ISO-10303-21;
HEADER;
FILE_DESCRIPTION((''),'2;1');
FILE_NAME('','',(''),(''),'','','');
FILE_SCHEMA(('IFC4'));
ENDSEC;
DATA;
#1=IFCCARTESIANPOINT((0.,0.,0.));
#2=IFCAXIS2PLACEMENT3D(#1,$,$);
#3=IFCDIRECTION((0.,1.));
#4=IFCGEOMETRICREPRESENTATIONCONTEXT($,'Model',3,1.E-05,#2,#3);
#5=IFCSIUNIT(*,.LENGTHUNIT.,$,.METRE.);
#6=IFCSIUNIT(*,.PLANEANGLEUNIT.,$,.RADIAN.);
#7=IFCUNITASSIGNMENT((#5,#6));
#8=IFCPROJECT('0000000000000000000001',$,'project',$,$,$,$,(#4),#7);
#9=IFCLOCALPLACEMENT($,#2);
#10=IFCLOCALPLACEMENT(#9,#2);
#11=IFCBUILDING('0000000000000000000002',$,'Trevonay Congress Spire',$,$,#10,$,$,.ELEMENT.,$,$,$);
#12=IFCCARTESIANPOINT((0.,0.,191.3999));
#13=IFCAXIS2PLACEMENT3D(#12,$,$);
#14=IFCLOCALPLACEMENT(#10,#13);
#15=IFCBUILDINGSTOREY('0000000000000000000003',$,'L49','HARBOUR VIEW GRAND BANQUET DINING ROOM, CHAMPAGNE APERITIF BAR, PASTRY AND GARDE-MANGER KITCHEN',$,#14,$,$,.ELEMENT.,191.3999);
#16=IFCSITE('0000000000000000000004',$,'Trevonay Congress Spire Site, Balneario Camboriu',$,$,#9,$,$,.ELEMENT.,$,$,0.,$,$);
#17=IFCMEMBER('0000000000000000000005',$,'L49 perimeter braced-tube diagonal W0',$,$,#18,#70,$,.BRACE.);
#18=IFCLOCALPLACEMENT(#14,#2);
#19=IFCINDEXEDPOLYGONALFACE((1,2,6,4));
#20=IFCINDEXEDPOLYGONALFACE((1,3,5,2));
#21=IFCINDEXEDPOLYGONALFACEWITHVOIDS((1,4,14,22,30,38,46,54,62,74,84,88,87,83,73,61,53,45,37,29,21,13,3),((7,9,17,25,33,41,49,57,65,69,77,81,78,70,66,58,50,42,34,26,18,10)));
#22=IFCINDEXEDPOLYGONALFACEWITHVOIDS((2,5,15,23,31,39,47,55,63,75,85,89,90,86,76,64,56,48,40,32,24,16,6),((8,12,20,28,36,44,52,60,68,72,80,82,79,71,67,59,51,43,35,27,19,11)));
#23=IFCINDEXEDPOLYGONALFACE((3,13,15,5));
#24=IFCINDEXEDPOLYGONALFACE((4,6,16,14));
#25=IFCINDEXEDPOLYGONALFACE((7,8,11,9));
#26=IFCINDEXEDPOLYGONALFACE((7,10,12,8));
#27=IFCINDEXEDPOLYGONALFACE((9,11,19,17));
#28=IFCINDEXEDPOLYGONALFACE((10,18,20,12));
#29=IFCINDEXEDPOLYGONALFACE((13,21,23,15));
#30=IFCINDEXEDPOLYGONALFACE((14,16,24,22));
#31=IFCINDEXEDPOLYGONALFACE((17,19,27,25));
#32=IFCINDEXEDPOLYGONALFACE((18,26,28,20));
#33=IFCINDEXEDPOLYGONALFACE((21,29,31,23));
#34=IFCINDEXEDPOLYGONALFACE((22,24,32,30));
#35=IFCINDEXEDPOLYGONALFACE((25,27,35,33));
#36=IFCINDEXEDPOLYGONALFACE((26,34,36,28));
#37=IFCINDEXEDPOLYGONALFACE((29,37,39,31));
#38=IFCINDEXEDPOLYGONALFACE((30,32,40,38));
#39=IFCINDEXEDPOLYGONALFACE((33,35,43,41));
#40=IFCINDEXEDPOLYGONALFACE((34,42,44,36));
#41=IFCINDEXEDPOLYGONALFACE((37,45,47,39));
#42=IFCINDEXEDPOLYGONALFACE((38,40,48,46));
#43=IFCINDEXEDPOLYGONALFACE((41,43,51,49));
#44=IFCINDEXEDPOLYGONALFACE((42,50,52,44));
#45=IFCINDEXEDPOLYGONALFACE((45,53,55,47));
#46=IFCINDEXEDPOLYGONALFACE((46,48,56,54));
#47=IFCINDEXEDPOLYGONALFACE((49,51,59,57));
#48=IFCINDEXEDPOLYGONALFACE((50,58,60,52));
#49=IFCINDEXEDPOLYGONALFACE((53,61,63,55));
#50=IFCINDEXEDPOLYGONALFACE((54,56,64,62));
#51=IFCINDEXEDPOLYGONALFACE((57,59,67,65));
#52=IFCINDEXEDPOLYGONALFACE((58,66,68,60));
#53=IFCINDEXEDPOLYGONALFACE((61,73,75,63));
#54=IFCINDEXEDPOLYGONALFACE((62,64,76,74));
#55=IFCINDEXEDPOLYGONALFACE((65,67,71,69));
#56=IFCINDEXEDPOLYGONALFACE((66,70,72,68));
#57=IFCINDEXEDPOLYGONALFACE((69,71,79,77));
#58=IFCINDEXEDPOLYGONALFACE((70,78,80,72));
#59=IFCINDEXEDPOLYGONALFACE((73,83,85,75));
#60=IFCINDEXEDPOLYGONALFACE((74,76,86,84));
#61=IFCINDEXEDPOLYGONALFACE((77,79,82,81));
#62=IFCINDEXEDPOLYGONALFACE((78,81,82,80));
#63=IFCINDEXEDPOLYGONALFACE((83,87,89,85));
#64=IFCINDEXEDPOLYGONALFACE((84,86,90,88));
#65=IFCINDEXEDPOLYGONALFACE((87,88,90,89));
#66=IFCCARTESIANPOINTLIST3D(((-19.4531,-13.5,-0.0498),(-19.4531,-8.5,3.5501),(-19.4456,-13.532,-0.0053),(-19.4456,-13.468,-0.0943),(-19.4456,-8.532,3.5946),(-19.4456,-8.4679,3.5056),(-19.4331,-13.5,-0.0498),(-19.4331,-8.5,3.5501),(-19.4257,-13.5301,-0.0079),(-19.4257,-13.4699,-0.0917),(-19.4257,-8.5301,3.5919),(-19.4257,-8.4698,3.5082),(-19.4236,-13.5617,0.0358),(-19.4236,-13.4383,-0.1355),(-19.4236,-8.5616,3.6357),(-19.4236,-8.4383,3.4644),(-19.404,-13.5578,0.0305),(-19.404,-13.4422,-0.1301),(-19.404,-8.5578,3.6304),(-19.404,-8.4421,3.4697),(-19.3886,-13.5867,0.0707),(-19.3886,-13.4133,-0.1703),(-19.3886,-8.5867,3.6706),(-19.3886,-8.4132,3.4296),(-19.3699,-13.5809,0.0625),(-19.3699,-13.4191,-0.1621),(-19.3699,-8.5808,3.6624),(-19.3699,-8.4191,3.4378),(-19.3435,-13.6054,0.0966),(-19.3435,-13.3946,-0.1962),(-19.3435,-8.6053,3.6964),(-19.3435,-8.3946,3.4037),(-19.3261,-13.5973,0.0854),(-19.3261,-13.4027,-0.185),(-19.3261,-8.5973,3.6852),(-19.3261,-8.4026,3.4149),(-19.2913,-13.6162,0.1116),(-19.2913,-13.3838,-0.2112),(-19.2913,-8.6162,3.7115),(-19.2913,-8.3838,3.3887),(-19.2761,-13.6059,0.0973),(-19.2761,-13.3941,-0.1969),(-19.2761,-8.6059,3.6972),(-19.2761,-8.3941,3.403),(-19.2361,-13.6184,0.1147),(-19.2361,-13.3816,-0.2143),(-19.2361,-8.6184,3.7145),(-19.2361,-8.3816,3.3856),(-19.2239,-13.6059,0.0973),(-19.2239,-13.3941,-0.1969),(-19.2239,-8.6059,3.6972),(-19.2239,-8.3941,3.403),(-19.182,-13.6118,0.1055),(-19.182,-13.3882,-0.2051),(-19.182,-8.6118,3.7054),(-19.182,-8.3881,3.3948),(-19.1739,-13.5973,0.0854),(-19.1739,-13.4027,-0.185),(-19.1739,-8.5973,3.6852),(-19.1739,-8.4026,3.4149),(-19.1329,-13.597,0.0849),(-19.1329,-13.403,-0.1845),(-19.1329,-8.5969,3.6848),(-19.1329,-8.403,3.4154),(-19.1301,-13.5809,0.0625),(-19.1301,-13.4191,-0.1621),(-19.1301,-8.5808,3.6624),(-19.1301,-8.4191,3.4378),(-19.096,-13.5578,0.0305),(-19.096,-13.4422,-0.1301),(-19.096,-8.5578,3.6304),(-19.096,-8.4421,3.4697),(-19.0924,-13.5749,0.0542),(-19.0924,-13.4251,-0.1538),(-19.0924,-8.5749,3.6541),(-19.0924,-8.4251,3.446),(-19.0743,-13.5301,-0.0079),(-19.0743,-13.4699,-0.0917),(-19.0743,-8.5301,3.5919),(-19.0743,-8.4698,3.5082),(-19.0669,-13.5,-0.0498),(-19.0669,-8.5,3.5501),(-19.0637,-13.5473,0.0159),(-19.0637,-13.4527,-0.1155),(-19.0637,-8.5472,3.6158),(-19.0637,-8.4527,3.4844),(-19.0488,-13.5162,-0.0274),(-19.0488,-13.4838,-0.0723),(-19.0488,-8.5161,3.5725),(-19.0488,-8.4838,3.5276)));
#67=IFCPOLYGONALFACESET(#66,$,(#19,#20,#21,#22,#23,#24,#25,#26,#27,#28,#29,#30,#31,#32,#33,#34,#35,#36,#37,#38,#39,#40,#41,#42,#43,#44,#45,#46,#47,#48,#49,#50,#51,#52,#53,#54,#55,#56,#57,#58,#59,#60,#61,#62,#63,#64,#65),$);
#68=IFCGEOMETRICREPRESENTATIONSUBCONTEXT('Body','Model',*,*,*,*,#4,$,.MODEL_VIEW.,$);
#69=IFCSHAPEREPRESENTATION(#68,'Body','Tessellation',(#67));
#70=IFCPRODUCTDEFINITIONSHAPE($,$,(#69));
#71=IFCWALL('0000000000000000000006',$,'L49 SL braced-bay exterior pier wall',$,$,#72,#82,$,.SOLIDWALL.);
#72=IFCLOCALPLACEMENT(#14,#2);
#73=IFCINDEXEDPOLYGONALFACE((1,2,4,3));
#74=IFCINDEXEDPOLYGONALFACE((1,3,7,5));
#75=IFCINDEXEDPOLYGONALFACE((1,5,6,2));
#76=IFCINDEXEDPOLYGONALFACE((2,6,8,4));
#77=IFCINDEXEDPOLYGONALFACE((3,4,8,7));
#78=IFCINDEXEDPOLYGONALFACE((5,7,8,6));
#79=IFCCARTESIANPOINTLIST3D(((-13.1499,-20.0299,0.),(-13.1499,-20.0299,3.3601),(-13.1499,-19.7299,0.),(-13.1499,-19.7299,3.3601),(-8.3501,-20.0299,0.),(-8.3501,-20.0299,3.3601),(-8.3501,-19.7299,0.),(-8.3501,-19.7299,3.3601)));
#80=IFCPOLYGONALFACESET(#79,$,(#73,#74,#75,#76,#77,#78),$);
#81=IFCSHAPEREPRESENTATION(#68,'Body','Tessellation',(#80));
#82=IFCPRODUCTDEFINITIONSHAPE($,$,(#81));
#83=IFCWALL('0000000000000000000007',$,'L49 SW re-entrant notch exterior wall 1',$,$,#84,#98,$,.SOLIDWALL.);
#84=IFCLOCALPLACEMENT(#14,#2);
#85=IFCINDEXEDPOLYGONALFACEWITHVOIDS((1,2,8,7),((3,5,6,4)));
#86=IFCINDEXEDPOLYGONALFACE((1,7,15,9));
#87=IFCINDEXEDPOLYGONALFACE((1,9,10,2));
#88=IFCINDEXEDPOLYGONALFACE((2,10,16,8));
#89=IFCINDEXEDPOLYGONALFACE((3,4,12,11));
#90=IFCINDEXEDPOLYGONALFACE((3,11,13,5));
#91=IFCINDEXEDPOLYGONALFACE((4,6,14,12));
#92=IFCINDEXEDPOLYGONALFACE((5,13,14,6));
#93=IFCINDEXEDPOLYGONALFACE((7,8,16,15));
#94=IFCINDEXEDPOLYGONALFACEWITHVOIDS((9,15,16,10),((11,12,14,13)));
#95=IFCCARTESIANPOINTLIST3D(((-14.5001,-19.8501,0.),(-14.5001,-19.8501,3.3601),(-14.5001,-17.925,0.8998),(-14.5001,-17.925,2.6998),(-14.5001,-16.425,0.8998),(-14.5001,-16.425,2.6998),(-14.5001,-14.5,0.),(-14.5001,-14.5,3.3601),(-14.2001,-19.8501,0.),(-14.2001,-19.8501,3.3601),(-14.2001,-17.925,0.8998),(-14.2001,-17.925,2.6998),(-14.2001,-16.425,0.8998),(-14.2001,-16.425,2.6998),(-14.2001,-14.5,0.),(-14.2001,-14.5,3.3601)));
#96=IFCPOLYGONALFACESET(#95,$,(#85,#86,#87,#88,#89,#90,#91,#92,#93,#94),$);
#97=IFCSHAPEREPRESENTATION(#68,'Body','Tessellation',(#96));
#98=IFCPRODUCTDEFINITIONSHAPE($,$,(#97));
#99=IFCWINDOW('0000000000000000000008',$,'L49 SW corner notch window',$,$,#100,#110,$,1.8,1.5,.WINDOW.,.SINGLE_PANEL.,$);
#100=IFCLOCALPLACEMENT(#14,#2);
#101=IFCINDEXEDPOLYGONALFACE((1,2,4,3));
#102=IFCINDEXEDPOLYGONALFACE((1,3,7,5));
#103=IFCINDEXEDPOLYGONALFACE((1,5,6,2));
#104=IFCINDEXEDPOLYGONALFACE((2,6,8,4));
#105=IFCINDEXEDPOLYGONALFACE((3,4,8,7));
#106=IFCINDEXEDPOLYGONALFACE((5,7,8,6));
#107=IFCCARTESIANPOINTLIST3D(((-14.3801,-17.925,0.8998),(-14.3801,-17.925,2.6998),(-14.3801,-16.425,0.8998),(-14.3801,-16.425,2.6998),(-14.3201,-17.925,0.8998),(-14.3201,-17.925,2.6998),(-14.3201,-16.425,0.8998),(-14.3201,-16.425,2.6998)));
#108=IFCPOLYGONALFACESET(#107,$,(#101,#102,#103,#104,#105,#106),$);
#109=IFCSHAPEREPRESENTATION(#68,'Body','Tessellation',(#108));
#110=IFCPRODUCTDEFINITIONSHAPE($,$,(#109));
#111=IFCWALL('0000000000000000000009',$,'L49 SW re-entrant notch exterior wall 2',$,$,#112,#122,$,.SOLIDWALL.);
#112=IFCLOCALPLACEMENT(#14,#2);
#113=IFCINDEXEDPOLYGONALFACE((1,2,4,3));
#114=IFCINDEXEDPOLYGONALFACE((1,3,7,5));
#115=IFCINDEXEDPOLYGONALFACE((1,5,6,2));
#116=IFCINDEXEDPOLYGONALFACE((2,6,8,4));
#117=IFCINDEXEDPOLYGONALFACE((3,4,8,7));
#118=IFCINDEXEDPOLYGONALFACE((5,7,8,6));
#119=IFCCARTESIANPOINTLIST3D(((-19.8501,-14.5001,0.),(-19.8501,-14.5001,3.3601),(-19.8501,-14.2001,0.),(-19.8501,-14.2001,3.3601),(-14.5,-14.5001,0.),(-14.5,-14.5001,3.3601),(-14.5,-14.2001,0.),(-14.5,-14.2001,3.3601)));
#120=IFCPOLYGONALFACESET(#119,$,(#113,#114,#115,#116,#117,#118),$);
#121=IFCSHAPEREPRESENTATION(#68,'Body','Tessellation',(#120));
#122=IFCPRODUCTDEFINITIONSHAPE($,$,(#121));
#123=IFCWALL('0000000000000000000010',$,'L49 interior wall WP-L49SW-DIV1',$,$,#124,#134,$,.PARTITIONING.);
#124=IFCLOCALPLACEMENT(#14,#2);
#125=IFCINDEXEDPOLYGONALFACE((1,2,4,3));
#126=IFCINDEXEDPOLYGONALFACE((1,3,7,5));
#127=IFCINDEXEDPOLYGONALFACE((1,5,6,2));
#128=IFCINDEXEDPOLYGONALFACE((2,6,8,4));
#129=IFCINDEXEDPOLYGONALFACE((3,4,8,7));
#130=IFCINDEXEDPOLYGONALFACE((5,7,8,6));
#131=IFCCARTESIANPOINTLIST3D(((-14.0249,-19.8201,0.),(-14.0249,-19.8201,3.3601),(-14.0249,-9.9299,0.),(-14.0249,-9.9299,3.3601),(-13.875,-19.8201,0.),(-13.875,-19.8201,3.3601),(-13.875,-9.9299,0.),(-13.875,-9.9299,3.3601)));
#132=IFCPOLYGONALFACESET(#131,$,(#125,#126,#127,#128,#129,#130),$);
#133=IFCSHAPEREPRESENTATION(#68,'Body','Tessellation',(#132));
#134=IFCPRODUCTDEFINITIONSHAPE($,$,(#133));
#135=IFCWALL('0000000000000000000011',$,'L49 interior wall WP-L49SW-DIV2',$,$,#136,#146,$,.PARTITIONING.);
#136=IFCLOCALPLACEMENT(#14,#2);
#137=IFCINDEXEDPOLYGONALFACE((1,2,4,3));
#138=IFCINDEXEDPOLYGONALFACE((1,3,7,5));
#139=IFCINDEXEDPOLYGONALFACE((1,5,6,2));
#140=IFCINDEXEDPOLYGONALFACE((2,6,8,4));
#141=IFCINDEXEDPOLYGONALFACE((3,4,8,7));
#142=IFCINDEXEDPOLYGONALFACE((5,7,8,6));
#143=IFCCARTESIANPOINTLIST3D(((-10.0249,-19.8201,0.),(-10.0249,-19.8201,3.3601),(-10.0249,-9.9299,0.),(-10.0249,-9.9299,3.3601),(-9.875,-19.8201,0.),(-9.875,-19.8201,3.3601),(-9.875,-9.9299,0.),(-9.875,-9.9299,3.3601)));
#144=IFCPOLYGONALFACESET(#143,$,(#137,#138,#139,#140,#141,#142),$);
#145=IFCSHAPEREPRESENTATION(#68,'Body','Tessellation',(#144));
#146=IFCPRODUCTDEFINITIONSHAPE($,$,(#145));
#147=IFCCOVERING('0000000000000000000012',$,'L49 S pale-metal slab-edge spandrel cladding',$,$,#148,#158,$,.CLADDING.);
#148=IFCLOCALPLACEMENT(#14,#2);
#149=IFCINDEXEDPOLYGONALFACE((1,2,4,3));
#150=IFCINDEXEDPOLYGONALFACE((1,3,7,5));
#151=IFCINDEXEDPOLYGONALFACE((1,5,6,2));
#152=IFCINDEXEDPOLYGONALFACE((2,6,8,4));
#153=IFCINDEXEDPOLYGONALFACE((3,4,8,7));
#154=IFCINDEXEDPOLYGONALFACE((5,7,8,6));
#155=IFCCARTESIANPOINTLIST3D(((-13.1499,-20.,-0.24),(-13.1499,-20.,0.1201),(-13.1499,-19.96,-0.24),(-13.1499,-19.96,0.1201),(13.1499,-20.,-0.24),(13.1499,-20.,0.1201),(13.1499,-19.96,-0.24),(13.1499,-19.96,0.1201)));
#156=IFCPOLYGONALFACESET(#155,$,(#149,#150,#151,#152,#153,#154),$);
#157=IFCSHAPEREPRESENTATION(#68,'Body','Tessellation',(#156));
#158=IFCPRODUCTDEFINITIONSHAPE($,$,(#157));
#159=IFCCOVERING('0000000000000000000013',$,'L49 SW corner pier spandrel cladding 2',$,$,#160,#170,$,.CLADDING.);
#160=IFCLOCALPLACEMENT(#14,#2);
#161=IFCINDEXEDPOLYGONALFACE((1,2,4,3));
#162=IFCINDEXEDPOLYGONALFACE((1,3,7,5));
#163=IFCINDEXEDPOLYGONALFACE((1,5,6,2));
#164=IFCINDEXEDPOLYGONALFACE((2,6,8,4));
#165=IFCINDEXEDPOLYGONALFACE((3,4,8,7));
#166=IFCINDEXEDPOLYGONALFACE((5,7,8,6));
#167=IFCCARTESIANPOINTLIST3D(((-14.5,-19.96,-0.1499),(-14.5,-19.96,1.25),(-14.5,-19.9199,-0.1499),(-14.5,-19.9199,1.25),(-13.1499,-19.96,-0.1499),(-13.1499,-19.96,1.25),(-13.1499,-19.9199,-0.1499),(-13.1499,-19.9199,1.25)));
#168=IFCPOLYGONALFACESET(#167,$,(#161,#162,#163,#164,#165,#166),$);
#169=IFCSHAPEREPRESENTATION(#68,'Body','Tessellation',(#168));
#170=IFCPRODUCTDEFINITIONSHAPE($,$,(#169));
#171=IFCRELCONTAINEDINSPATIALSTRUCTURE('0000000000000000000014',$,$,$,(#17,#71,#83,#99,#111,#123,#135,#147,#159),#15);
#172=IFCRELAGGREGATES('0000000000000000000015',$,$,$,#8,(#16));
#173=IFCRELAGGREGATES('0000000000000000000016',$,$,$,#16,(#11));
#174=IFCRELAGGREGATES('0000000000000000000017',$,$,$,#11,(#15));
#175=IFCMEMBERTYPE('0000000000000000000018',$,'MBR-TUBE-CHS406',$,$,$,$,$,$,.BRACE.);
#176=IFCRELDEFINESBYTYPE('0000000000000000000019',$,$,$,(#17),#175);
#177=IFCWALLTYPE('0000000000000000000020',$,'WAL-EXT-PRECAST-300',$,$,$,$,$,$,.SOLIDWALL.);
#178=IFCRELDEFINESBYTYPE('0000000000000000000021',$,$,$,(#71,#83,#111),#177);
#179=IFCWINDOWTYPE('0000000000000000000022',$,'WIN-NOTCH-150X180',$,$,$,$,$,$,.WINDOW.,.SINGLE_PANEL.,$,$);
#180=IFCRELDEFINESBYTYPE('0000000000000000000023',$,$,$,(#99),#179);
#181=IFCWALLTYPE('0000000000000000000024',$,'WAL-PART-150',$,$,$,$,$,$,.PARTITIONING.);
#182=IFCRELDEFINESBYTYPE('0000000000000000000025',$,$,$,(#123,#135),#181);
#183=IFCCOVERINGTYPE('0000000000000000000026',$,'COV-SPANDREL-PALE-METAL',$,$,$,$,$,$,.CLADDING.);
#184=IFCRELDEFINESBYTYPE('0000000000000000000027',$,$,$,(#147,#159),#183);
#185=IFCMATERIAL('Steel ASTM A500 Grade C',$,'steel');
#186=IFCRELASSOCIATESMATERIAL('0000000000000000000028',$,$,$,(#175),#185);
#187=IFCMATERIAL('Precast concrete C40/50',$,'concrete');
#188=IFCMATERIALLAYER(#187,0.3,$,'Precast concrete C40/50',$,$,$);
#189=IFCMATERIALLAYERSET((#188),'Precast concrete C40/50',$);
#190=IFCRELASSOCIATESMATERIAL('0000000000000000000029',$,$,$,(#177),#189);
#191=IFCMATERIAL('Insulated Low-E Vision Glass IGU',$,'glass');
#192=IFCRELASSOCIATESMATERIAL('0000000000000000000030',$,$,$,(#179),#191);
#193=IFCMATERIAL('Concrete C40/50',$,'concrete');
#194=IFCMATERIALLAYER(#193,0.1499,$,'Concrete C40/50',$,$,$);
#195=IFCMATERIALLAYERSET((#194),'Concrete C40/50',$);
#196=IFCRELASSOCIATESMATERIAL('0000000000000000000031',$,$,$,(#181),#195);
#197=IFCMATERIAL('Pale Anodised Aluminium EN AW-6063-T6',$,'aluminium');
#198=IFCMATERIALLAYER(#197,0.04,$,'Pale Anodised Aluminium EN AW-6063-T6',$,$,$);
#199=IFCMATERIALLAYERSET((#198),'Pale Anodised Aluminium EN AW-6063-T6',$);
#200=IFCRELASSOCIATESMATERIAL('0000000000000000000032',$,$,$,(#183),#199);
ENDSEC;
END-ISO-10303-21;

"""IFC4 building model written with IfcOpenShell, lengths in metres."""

from ifc_helpers import new_model, si_unit, direction, frame, frame_2d, origin, origin_2d, place, context, subcontext, project, spatial, rectangle, hollow_circle, extrude, material, layer, layer_set, material_profile, profile_set, type_object, element, fill, save


model = new_model("IFC4")

# Units and contexts
model_context = context("Model", 3, precision=1e-05, world=origin(), true_north=direction((0.0, 1.0)))
body_context = subcontext(model_context, "Body", "Model", "MODEL_VIEW")
ifc_project = project(units=[si_unit("LENGTHUNIT", "METRE"), si_unit("PLANEANGLEUNIT", "RADIAN")], contexts=[model_context])

# Site, building, storey
site_placement = place(None, origin())
site = spatial("IfcSite", under=ifc_project, at=site_placement, Name="Trevonay Congress Spire Site, Balneario Camboriu", CompositionType="ELEMENT", RefElevation=0.0)
building_placement = place(site_placement, origin())
building = spatial("IfcBuilding", under=site, at=building_placement, Name="Trevonay Congress Spire", CompositionType="ELEMENT")
storey_placement = place(building_placement, frame((0.0, 0.0, 191.3999)))
storey = spatial("IfcBuildingStorey", under=building, at=storey_placement, Name="L49", Description="HARBOUR VIEW GRAND BANQUET DINING ROOM, CHAMPAGNE APERITIF BAR, PASTRY AND GARDE-MANGER KITCHEN", CompositionType="ELEMENT", Elevation=191.3999)

# Member
ifc_material_1 = material(Name="Steel ASTM A500 Grade C", Category="steel")
ifc_material_profile_1 = material_profile(ifc_material_1, hollow_circle(Radius=0.2031, WallThickness=0.02, at=origin_2d()), Name="CHS 406.4x20")
ifc_profile_set_1 = profile_set([ifc_material_profile_1], Name="Steel ASTM A500 Grade C")
member_type = type_object("IfcMemberType", Name="MBR-TUBE-CHS406", PredefinedType="BRACE", material=ifc_profile_set_1)
for number, where, z_axis, x_axis, name in (
    (1, (-19.25, -13.5, -0.0498), (0.0, 0.811546, 0.584289), (-1.0, 0.0, 0.0), "L49 perimeter braced-tube diagonal W0"),
):
    element("IfcMember", number, at=place(storey_placement, frame(where, z_axis=z_axis, x_axis=x_axis)), inside=storey, type_object=member_type, Name=name, PredefinedType="BRACE", context=body_context, shape_type="SweptSolid", body=[
        extrude(hollow_circle(Radius=0.2031, WallThickness=0.02, at=origin_2d()), origin(), (0.0, 0.0, 1.0), 6.1611),
    ])

# Wall
ifc_material_2 = material(Name="Precast concrete C40/50", Category="concrete")
ifc_layer_1 = layer(ifc_material_2, 0.3, Name="Precast concrete C40/50")
ifc_layer_set_1 = layer_set([ifc_layer_1], Name="Precast concrete C40/50")
wall_type_1 = type_object("IfcWallType", Name="WAL-EXT-PRECAST-300", PredefinedType="SOLIDWALL", material=ifc_layer_set_1)
wall_1_placement = place(storey_placement, frame((-13.1499, -19.8799, 0.0), z_axis=(0.0, 0.0, 1.0), x_axis=(1.0, 0.0, 0.0)))
element("IfcWall", 2, at=wall_1_placement, inside=storey, type_object=wall_type_1, Name="L49 SL braced-bay exterior pier wall", PredefinedType="SOLIDWALL", context=body_context, shape_type="SweptSolid", body=[
    extrude(rectangle(XDim=4.7998, YDim=0.3, at=frame_2d((2.3999, 0.0))), origin(), (0.0, 0.0, 1.0), 3.3601),
])

# Wall, opening, window
wall_2_placement = place(storey_placement, frame((-14.3501, -19.8501, 0.0), z_axis=(0.0, 0.0, 1.0), x_axis=(0.0, 1.0, 0.0)))
wall_2 = element("IfcWall", 3, at=wall_2_placement, inside=storey, type_object=wall_type_1, Name="L49 SW re-entrant notch exterior wall 1", PredefinedType="SOLIDWALL", context=body_context, shape_type="SweptSolid", body=[
    extrude(rectangle(XDim=5.3501, YDim=0.3, at=frame_2d((2.675, 0.0))), origin(), (0.0, 0.0, 1.0), 3.3601),
])
opening_placement = place(wall_2_placement, frame((1.925, 0.0, 0.8999)))
opening = element("IfcOpeningElement", 4, at=opening_placement, cuts=wall_2, PredefinedType="OPENING", context=body_context, shape_type="SweptSolid", body=[
    extrude(rectangle(XDim=1.5, YDim=1.8, at=frame_2d((0.75, 0.8999))), frame((0.0, 0.1602, 0.0), z_axis=(0.0, -1.0, 0.0), x_axis=(1.0, 0.0, 0.0)), (0.0, 0.0, 1.0), 0.3201),
])
ifc_material_3 = material(Name="Insulated Low-E Vision Glass IGU", Category="glass")
window_type = type_object("IfcWindowType", Name="WIN-NOTCH-150X180", PartitioningType="SINGLE_PANEL", PredefinedType="WINDOW", material=ifc_material_3)
window_placement = place(opening_placement, origin())
window = element("IfcWindow", 5, at=window_placement, inside=storey, type_object=window_type, Name="L49 SW corner notch window", OverallHeight=1.8, OverallWidth=1.5, PartitioningType="SINGLE_PANEL", PredefinedType="WINDOW", context=body_context, shape_type="SweptSolid", body=[
    extrude(rectangle(XDim=1.5, YDim=1.8, at=frame_2d((0.75, 0.8999))), frame((0.0, 0.03, 0.0), z_axis=(0.0, -1.0, 0.0), x_axis=(1.0, 0.0, 0.0)), (0.0, 0.0, 1.0), 0.0601),
])
fill(opening, window)

# Walls
wall_3_placement = place(storey_placement, frame((-19.8501, -14.3501, 0.0), z_axis=(0.0, 0.0, 1.0), x_axis=(1.0, 0.0, 0.0)))
element("IfcWall", 6, at=wall_3_placement, inside=storey, type_object=wall_type_1, Name="L49 SW re-entrant notch exterior wall 2", PredefinedType="SOLIDWALL", context=body_context, shape_type="SweptSolid", body=[
    extrude(rectangle(XDim=5.3501, YDim=0.3, at=frame_2d((2.675, 0.0))), origin(), (0.0, 0.0, 1.0), 3.3601),
])
ifc_material_4 = material(Name="Concrete C40/50", Category="concrete")
ifc_layer_2 = layer(ifc_material_4, 0.1499, Name="Concrete C40/50")
ifc_layer_set_2 = layer_set([ifc_layer_2], Name="Concrete C40/50")
wall_type_2 = type_object("IfcWallType", Name="WAL-PART-150", PredefinedType="PARTITIONING", material=ifc_layer_set_2)
for number, where, z_axis, x_axis, name in (
    (7, (-13.95, -19.8201, 0.0), (0.0, 0.0, 1.0), (0.0, 1.0, 0.0), "L49 interior wall WP-L49SW-DIV1"),
    (8, (-9.95, -19.8201, 0.0), (0.0, 0.0, 1.0), (0.0, 1.0, 0.0), "L49 interior wall WP-L49SW-DIV2"),
):
    element("IfcWall", number, at=place(storey_placement, frame(where, z_axis=z_axis, x_axis=x_axis)), inside=storey, type_object=wall_type_2, Name=name, PredefinedType="PARTITIONING", context=body_context, shape_type="SweptSolid", body=[
        extrude(rectangle(XDim=9.8901, YDim=0.1499, at=frame_2d((4.9451, 0.0))), origin(), (0.0, 0.0, 1.0), 3.3601),
    ])

# Coverings
ifc_material_5 = material(Name="Pale Anodised Aluminium EN AW-6063-T6", Category="aluminium")
ifc_layer_3 = layer(ifc_material_5, 0.04, Name="Pale Anodised Aluminium EN AW-6063-T6")
ifc_layer_set_3 = layer_set([ifc_layer_3], Name="Pale Anodised Aluminium EN AW-6063-T6")
covering_type = type_object("IfcCoveringType", Name="COV-SPANDREL-PALE-METAL", PredefinedType="CLADDING", material=ifc_layer_set_3)
covering_1_placement = place(storey_placement, frame((-13.1499, -19.98, -0.24), z_axis=(0.0, 0.0, 1.0), x_axis=(1.0, 0.0, 0.0)))
element("IfcCovering", 9, at=covering_1_placement, inside=storey, type_object=covering_type, Name="L49 S pale-metal slab-edge spandrel cladding", PredefinedType="CLADDING", context=body_context, shape_type="SweptSolid", body=[
    extrude(rectangle(XDim=26.2998, YDim=0.04, at=frame_2d((13.1499, 0.0))), origin(), (0.0, 0.0, 1.0), 0.3601),
])
covering_2_placement = place(storey_placement, frame((-13.1499, -19.9399, -0.1499), z_axis=(0.0, 0.0, 1.0), x_axis=(-1.0, 0.0, 0.0)))
element("IfcCovering", 10, at=covering_2_placement, inside=storey, type_object=covering_type, Name="L49 SW corner pier spandrel cladding 2", PredefinedType="CLADDING", context=body_context, shape_type="SweptSolid", body=[
    extrude(rectangle(XDim=1.3501, YDim=0.04, at=frame_2d((0.675, 0.0))), origin(), (0.0, 0.0, 1.0), 1.3999),
])

save(model, "model.ifc")
